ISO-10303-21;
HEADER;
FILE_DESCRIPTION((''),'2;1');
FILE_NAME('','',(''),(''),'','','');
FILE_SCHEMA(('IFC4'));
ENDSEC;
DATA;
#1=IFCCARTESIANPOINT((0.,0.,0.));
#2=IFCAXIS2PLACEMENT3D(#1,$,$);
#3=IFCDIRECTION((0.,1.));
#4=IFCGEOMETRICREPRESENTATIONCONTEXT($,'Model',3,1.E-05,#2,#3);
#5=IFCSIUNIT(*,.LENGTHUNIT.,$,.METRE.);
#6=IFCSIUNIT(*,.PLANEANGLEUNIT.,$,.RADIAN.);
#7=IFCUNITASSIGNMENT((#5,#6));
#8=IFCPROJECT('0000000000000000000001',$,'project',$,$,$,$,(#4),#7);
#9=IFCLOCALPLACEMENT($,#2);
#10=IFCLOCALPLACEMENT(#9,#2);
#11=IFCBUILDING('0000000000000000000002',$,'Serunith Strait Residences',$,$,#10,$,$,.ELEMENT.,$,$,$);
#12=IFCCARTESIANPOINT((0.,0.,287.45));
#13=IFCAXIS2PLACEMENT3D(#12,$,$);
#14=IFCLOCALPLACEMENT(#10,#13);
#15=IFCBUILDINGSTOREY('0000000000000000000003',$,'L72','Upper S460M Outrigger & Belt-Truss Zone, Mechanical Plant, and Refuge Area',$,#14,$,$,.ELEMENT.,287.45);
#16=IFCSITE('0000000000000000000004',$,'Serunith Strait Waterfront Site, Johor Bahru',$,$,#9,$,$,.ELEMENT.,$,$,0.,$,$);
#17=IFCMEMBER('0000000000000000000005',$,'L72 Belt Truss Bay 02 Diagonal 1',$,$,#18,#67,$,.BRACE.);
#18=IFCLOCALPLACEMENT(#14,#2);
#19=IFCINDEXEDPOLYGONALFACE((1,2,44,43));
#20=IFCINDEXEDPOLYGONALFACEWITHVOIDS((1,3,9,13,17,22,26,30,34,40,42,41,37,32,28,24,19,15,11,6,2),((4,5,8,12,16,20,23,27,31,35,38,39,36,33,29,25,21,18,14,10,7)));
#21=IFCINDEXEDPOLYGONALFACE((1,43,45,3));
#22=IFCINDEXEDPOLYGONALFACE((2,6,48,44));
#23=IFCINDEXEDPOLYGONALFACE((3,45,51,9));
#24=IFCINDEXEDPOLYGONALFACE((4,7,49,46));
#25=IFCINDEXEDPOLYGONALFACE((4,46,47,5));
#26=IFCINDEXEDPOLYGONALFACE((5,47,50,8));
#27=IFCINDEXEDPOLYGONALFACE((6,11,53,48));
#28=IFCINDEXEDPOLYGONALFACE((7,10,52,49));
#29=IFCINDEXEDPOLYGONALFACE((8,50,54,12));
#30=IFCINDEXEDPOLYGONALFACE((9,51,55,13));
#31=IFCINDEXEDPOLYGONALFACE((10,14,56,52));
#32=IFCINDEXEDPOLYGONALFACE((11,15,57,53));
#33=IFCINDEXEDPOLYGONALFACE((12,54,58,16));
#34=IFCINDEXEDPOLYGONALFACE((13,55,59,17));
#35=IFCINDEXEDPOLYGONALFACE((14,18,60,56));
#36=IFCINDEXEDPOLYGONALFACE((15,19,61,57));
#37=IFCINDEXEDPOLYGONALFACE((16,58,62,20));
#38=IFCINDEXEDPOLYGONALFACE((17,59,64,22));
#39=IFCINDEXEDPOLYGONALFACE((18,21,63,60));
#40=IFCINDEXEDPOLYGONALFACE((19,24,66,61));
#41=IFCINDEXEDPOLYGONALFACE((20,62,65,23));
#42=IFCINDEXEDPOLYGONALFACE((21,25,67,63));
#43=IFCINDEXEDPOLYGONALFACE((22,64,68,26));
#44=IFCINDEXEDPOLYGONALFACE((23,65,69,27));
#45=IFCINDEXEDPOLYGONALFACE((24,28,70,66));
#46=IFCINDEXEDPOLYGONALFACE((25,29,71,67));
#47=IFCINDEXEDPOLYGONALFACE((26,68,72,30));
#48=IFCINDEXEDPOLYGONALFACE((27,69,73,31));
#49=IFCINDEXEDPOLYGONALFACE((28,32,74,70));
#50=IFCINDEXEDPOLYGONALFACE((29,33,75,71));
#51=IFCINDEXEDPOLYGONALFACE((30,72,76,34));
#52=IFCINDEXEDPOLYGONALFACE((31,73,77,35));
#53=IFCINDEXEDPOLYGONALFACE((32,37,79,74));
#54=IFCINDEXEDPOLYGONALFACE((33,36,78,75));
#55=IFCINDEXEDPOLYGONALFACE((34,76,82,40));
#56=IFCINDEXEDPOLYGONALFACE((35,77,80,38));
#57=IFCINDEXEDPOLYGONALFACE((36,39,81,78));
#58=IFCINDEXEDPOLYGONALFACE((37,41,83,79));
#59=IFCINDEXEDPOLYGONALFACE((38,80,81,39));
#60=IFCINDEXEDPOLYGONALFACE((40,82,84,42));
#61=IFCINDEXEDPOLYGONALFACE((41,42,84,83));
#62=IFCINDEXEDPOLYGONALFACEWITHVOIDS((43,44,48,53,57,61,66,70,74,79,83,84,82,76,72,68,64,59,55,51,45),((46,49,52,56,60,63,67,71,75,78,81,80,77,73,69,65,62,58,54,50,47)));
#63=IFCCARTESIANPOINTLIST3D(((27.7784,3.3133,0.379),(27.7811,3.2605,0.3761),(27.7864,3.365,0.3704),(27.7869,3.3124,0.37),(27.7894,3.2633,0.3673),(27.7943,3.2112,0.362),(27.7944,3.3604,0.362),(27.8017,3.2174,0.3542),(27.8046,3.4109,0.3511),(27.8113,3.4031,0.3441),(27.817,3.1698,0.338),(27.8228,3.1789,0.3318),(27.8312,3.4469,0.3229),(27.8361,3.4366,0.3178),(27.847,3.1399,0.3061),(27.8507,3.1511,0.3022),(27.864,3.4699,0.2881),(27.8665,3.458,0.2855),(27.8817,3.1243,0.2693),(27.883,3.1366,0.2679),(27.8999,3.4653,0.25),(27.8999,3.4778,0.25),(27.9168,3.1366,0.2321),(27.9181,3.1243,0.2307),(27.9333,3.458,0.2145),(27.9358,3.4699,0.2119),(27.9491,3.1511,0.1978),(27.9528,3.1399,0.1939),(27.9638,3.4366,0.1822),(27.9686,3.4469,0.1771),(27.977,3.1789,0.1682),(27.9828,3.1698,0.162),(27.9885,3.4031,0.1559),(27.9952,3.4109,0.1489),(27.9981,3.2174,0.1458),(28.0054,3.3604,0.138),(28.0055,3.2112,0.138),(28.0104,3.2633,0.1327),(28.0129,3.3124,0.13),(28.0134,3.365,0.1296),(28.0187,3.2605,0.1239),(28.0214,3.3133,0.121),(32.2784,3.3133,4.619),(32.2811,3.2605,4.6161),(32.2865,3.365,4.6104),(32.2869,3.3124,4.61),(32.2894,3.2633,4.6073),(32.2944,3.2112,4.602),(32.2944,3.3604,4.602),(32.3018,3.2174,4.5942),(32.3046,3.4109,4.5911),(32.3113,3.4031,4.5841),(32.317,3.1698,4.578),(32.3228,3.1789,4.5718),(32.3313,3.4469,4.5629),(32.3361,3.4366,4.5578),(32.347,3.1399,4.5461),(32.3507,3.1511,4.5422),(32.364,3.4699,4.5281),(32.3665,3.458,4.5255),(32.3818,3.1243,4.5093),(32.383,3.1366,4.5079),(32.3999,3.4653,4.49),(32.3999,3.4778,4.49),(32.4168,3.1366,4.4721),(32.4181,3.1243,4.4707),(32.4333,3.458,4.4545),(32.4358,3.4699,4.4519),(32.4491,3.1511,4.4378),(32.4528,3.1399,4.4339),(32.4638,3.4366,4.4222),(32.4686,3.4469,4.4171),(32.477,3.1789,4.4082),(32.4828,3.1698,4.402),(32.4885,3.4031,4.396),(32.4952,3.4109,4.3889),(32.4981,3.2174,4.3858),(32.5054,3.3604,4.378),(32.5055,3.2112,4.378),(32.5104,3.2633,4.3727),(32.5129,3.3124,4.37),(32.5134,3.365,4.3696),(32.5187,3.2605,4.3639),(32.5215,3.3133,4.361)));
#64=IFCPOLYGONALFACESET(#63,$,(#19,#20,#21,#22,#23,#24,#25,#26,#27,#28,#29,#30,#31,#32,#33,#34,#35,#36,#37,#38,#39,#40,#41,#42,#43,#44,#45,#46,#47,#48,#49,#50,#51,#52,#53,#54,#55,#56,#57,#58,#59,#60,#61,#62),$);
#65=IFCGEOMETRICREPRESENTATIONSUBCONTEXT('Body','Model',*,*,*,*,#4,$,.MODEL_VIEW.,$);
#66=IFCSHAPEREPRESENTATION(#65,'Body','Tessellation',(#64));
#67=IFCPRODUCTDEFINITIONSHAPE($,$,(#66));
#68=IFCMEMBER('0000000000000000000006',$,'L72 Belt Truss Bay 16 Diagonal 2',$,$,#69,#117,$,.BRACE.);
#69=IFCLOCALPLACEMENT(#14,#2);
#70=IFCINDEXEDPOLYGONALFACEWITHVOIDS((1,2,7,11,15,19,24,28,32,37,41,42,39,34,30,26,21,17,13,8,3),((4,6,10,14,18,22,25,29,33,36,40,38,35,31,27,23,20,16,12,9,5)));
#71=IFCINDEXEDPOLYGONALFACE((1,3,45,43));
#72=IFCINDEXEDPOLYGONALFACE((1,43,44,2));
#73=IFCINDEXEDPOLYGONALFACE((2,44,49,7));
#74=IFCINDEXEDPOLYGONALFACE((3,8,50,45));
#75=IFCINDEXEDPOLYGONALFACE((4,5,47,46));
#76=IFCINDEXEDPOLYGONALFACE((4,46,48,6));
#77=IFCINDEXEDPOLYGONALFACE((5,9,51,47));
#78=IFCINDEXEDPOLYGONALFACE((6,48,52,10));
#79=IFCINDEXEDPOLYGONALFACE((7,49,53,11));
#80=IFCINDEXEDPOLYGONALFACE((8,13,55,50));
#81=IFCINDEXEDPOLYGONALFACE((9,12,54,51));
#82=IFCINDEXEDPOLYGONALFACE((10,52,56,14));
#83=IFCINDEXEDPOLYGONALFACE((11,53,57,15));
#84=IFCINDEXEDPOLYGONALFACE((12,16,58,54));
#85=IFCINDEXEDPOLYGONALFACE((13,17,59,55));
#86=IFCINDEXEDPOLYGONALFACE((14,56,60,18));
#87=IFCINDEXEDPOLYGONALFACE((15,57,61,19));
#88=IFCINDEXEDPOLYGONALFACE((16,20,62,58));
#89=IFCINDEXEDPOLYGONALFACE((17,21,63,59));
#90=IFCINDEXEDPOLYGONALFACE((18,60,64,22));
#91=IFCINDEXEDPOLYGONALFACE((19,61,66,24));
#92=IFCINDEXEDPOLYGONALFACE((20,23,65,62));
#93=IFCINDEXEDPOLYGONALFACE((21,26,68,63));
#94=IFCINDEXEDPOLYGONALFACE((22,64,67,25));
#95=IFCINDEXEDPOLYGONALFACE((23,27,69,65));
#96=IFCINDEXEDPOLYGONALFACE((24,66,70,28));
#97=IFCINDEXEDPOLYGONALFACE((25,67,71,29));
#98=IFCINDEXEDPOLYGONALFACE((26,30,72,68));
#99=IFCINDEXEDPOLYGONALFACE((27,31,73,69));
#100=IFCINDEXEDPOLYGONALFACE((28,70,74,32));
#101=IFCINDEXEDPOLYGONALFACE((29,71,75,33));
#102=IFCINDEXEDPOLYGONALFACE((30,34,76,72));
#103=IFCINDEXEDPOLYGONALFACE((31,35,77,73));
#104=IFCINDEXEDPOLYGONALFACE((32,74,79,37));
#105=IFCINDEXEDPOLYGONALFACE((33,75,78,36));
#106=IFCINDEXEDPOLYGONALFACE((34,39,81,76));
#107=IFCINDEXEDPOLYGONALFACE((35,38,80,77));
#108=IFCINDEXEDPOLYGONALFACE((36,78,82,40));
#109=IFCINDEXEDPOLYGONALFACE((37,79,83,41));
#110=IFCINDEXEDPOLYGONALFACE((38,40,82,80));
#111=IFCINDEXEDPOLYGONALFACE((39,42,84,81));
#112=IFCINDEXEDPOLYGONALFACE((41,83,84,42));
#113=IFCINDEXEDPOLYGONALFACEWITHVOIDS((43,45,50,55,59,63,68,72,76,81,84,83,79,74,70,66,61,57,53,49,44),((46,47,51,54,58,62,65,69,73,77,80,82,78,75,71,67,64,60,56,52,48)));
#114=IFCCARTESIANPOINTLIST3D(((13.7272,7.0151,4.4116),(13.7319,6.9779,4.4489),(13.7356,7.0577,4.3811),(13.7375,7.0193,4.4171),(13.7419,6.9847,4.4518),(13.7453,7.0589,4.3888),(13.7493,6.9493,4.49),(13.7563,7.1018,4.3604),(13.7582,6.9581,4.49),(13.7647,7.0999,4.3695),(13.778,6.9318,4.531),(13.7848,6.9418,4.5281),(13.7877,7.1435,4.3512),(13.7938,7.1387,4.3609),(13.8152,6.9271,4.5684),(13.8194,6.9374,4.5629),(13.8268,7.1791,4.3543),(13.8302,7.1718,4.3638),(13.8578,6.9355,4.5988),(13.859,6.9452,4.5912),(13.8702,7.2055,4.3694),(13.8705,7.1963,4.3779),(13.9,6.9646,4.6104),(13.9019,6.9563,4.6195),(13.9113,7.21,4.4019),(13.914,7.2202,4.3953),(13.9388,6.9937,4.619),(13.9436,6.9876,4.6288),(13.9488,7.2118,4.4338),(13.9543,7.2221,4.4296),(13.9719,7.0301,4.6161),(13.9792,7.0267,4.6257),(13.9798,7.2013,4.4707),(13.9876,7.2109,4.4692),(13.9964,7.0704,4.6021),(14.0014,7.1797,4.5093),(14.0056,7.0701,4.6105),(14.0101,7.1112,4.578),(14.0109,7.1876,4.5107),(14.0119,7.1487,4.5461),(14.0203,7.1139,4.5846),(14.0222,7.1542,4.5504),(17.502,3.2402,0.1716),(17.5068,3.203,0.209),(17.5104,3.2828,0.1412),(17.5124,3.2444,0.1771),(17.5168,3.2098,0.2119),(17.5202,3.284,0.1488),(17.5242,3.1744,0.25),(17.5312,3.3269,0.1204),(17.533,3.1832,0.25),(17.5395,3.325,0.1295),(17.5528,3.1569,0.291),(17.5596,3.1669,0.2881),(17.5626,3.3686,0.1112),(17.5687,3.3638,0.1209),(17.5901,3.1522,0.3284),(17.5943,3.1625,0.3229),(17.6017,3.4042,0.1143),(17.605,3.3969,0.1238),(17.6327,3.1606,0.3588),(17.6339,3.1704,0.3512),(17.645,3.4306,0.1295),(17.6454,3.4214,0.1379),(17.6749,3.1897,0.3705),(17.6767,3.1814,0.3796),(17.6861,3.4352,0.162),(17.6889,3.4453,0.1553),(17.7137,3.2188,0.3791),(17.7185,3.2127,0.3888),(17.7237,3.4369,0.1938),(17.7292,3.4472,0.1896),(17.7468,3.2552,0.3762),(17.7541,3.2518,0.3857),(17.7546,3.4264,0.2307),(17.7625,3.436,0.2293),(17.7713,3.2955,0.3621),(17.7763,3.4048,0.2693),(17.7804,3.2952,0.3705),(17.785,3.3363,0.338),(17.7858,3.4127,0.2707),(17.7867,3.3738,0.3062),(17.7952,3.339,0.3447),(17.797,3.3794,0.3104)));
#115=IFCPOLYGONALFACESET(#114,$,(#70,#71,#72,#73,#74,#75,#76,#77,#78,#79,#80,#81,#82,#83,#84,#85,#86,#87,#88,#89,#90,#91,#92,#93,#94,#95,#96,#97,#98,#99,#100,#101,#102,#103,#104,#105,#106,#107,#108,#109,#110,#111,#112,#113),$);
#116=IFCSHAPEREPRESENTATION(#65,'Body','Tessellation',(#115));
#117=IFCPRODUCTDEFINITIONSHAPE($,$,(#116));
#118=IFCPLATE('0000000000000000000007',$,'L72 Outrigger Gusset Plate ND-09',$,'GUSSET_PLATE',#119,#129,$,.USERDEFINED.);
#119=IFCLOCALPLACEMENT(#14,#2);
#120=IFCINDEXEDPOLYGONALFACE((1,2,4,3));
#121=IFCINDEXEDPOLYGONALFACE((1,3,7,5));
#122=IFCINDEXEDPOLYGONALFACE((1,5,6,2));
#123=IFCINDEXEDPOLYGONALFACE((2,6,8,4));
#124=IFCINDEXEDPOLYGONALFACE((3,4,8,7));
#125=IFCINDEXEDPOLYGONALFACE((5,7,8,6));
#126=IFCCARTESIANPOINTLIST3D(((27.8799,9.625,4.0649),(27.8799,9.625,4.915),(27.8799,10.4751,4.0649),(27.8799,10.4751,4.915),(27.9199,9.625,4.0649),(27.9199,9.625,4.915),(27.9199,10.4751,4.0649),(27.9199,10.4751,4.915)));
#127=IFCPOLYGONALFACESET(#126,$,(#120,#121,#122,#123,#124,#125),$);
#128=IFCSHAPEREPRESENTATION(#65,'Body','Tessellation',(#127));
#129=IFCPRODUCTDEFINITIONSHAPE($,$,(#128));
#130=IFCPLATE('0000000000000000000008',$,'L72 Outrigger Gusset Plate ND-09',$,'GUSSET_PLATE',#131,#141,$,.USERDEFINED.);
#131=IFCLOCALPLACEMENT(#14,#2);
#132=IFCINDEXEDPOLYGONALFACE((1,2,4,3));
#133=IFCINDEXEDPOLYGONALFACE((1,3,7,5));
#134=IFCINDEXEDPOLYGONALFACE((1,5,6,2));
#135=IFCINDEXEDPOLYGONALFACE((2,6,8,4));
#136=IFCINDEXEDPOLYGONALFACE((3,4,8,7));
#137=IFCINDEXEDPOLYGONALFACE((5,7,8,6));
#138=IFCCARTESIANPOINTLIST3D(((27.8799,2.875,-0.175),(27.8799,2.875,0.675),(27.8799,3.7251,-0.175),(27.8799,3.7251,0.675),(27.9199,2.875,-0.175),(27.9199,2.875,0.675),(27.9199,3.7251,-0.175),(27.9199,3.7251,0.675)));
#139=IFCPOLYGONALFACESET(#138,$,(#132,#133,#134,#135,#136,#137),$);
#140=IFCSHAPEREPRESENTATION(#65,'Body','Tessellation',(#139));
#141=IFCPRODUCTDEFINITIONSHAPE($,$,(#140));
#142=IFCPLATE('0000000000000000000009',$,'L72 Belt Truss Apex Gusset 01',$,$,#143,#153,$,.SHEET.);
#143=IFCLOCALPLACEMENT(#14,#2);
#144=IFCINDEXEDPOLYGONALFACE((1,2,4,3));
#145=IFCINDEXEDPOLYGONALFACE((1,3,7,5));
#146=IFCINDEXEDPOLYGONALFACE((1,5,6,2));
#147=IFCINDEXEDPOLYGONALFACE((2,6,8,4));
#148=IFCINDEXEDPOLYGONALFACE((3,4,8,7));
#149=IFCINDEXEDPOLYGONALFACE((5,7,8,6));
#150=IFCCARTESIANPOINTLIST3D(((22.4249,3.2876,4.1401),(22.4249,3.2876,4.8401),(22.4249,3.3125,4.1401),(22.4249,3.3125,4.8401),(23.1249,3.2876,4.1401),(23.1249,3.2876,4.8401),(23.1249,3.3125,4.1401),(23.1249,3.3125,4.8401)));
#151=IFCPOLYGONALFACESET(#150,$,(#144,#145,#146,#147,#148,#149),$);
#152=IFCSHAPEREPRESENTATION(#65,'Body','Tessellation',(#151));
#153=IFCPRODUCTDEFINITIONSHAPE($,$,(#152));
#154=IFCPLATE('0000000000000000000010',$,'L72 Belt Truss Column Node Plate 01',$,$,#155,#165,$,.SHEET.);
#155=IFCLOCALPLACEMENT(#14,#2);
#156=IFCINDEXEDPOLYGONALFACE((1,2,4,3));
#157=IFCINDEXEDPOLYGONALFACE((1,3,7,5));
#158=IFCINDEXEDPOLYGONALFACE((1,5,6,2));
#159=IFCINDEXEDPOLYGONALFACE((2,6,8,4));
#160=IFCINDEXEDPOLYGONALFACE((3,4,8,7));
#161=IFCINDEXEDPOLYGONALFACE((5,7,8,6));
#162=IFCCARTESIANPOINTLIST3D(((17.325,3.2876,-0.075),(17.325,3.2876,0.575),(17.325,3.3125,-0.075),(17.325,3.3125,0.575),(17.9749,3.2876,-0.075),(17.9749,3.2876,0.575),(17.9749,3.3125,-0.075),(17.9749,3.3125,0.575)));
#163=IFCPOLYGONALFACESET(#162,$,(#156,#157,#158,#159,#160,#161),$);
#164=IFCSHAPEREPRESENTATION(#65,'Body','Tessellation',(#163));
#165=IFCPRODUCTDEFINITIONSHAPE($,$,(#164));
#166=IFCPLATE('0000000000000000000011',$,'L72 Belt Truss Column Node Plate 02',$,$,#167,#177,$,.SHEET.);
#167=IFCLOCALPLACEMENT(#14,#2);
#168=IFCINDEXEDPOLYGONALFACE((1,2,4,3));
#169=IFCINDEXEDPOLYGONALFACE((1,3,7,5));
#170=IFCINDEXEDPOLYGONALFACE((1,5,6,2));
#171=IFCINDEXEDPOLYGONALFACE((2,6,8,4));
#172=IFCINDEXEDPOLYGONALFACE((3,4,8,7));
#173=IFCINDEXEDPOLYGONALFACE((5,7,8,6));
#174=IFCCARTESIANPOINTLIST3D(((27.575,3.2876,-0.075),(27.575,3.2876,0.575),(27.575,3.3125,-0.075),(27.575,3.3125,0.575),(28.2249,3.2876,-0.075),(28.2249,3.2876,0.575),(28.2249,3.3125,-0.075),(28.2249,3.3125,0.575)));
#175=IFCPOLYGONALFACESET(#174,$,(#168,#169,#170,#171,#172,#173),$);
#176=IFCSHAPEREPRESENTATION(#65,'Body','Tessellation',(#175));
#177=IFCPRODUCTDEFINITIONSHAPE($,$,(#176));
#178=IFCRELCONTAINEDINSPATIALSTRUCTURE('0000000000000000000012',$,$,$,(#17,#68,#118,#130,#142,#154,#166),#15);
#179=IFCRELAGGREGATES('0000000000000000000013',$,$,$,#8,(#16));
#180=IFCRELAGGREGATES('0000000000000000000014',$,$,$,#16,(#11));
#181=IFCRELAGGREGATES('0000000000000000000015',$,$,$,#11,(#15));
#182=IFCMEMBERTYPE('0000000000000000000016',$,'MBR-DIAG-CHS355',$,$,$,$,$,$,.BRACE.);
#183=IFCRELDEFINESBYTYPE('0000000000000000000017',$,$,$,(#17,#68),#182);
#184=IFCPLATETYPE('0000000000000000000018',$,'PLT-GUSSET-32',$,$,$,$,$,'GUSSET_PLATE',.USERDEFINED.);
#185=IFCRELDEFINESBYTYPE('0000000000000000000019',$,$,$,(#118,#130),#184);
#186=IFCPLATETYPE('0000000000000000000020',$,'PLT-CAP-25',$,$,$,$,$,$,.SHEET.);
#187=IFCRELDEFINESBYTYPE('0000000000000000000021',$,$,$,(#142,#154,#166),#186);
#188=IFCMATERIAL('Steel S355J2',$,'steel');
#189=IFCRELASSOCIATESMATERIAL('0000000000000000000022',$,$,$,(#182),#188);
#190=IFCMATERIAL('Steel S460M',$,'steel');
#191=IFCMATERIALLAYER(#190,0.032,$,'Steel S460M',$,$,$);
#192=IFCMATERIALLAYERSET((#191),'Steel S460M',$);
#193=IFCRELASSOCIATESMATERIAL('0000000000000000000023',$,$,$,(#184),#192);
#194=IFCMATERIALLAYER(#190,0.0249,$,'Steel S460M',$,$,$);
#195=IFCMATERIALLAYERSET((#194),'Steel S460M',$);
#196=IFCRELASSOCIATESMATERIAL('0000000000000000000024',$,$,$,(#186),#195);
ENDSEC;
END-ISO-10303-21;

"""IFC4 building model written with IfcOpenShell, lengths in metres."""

from ifc_helpers import new_model, si_unit, direction, frame, origin, origin_2d, place, context, subcontext, project, spatial, rectangle, hollow_circle, extrude, source, transform, mapped, material, layer, layer_set, material_profile, profile_set, type_object, element, save


model = new_model("IFC4")

# Units and contexts
model_context = context("Model", 3, precision=1e-05, world=origin(), true_north=direction((0.0, 1.0)))
body_context = subcontext(model_context, "Body", "Model", "MODEL_VIEW")
ifc_project = project(units=[si_unit("LENGTHUNIT", "METRE"), si_unit("PLANEANGLEUNIT", "RADIAN")], contexts=[model_context])

# Site, building, storey
site_placement = place(None, origin())
site = spatial("IfcSite", under=ifc_project, at=site_placement, Name="Serunith Strait Waterfront Site, Johor Bahru", CompositionType="ELEMENT", RefElevation=0.0)
building_placement = place(site_placement, origin())
building = spatial("IfcBuilding", under=site, at=building_placement, Name="Serunith Strait Residences", CompositionType="ELEMENT")
storey_placement = place(building_placement, frame((0.0, 0.0, 287.45)))
storey = spatial("IfcBuildingStorey", under=building, at=storey_placement, Name="L72", Description="Upper S460M Outrigger & Belt-Truss Zone, Mechanical Plant, and Refuge Area", CompositionType="ELEMENT", Elevation=287.45)

# Shared definitions
ifc_material_1 = material(Name="Steel S355J2", Category="steel")

# Members
ifc_material_2 = material(Name="Steel S460M", Category="steel")
ifc_material_profile_1 = material_profile(ifc_material_1, hollow_circle(Radius=0.1777, WallThickness=0.0125, at=origin_2d()), Name="CHS 355.6x12.5")
ifc_profile_set_1 = profile_set([ifc_material_profile_1], Name="Steel S355J2")
member_type_1 = type_object("IfcMemberType", Name="MBR-DIAG-CHS355", PredefinedType="BRACE", material=ifc_profile_set_1)
shared_shape_1 = source(origin(), body_context, "Body", "SweptSolid", [
    extrude(hollow_circle(Radius=0.1777, WallThickness=0.0125, at=origin_2d()), origin(), (0.0, 0.0, 1.0), 6.1829),
])
member_1_placement = place(storey_placement, frame((27.8999, 3.3, 0.25), z_axis=(0.727821, 0.0, 0.685767), x_axis=(0.0, 1.0, 0.0)))
element("IfcMember", 1, at=member_1_placement, inside=storey, type_object=member_type_1, Name="L72 Belt Truss Bay 02 Diagonal 1", PredefinedType="BRACE", context=body_context, shape_type="MappedRepresentation", body=[
    mapped(shared_shape_1, transform((0.0, 0.0, 0.0), scale=1.0)),
])
shared_shape_2 = source(origin(), body_context, "Body", "SweptSolid", [
    extrude(hollow_circle(Radius=0.1777, WallThickness=0.0125, at=origin_2d()), origin(), (0.0, 0.0, 1.0), 6.8174),
])
member_2_placement = place(storey_placement, frame((17.6499, 3.3, 0.25), z_axis=(-0.553714, 0.553714, 0.621934), x_axis=(-0.707107, -0.707107, 0.0)))
element("IfcMember", 2, at=member_2_placement, inside=storey, type_object=member_type_1, Name="L72 Belt Truss Bay 16 Diagonal 2", PredefinedType="BRACE", context=body_context, shape_type="MappedRepresentation", body=[
    mapped(shared_shape_2, transform((0.0, 0.0, 0.0), scale=1.0)),
])

# Plates
ifc_layer_1 = layer(ifc_material_2, 0.032, Name="Steel S460M")
ifc_layer_set_1 = layer_set([ifc_layer_1], Name="Steel S460M")
plate_type_1 = type_object("IfcPlateType", Name="PLT-GUSSET-32", ElementType="GUSSET_PLATE", PredefinedType="USERDEFINED", material=ifc_layer_set_1)
shared_shape_3 = source(origin(), body_context, "Body", "SweptSolid", [
    extrude(rectangle(XDim=0.8501, YDim=0.04, at=origin_2d()), origin(), (0.0, 0.0, 1.0), 0.8501),
])
for number, where, z_axis, x_axis, name in (
    (3, (27.8999, 10.05, 4.0649), (0.0, 0.0, 1.0), (0.0, -1.0, 0.0), "L72 Outrigger Gusset Plate ND-09"),
    (4, (27.8999, 3.3, -0.175), (0.0, 0.0, 1.0), (0.0, -1.0, 0.0), "L72 Outrigger Gusset Plate ND-09"),
):
    element("IfcPlate", number, at=place(storey_placement, frame(where, z_axis=z_axis, x_axis=x_axis)), inside=storey, type_object=plate_type_1, Name=name, ObjectType="GUSSET_PLATE", PredefinedType="USERDEFINED", context=body_context, shape_type="MappedRepresentation", body=[
        mapped(shared_shape_3, transform((0.0, 0.0, 0.0), scale=1.0)),
    ])
ifc_layer_2 = layer(ifc_material_2, 0.0249, Name="Steel S460M")
ifc_layer_set_2 = layer_set([ifc_layer_2], Name="Steel S460M")
plate_type_2 = type_object("IfcPlateType", Name="PLT-CAP-25", PredefinedType="SHEET", material=ifc_layer_set_2)
shared_shape_4 = source(origin(), body_context, "Body", "SweptSolid", [
    extrude(rectangle(XDim=0.7, YDim=0.0249, at=origin_2d()), origin(), (0.0, 0.0, 1.0), 0.7),
])
plate_placement = place(storey_placement, frame((22.7749, 3.3, 4.1401), z_axis=(0.0, 0.0, 1.0), x_axis=(1.0, 0.0, 0.0)))
element("IfcPlate", 5, at=plate_placement, inside=storey, type_object=plate_type_2, Name="L72 Belt Truss Apex Gusset 01", PredefinedType="SHEET", context=body_context, shape_type="MappedRepresentation", body=[
    mapped(shared_shape_4, transform((0.0, 0.0, 0.0), scale=1.0)),
])
shared_shape_5 = source(origin(), body_context, "Body", "SweptSolid", [
    extrude(rectangle(XDim=0.6499, YDim=0.0249, at=origin_2d()), origin(), (0.0, 0.0, 1.0), 0.6499),
])
for number, where, z_axis, x_axis, name in (
    (6, (17.6499, 3.3, -0.075), (0.0, 0.0, 1.0), (1.0, 0.0, 0.0), "L72 Belt Truss Column Node Plate 01"),
    (7, (27.8999, 3.3, -0.075), (0.0, 0.0, 1.0), (1.0, 0.0, 0.0), "L72 Belt Truss Column Node Plate 02"),
):
    element("IfcPlate", number, at=place(storey_placement, frame(where, z_axis=z_axis, x_axis=x_axis)), inside=storey, type_object=plate_type_2, Name=name, PredefinedType="SHEET", context=body_context, shape_type="MappedRepresentation", body=[
        mapped(shared_shape_5, transform((0.0, 0.0, 0.0), scale=1.0)),
    ])

save(model, "model.ifc")
